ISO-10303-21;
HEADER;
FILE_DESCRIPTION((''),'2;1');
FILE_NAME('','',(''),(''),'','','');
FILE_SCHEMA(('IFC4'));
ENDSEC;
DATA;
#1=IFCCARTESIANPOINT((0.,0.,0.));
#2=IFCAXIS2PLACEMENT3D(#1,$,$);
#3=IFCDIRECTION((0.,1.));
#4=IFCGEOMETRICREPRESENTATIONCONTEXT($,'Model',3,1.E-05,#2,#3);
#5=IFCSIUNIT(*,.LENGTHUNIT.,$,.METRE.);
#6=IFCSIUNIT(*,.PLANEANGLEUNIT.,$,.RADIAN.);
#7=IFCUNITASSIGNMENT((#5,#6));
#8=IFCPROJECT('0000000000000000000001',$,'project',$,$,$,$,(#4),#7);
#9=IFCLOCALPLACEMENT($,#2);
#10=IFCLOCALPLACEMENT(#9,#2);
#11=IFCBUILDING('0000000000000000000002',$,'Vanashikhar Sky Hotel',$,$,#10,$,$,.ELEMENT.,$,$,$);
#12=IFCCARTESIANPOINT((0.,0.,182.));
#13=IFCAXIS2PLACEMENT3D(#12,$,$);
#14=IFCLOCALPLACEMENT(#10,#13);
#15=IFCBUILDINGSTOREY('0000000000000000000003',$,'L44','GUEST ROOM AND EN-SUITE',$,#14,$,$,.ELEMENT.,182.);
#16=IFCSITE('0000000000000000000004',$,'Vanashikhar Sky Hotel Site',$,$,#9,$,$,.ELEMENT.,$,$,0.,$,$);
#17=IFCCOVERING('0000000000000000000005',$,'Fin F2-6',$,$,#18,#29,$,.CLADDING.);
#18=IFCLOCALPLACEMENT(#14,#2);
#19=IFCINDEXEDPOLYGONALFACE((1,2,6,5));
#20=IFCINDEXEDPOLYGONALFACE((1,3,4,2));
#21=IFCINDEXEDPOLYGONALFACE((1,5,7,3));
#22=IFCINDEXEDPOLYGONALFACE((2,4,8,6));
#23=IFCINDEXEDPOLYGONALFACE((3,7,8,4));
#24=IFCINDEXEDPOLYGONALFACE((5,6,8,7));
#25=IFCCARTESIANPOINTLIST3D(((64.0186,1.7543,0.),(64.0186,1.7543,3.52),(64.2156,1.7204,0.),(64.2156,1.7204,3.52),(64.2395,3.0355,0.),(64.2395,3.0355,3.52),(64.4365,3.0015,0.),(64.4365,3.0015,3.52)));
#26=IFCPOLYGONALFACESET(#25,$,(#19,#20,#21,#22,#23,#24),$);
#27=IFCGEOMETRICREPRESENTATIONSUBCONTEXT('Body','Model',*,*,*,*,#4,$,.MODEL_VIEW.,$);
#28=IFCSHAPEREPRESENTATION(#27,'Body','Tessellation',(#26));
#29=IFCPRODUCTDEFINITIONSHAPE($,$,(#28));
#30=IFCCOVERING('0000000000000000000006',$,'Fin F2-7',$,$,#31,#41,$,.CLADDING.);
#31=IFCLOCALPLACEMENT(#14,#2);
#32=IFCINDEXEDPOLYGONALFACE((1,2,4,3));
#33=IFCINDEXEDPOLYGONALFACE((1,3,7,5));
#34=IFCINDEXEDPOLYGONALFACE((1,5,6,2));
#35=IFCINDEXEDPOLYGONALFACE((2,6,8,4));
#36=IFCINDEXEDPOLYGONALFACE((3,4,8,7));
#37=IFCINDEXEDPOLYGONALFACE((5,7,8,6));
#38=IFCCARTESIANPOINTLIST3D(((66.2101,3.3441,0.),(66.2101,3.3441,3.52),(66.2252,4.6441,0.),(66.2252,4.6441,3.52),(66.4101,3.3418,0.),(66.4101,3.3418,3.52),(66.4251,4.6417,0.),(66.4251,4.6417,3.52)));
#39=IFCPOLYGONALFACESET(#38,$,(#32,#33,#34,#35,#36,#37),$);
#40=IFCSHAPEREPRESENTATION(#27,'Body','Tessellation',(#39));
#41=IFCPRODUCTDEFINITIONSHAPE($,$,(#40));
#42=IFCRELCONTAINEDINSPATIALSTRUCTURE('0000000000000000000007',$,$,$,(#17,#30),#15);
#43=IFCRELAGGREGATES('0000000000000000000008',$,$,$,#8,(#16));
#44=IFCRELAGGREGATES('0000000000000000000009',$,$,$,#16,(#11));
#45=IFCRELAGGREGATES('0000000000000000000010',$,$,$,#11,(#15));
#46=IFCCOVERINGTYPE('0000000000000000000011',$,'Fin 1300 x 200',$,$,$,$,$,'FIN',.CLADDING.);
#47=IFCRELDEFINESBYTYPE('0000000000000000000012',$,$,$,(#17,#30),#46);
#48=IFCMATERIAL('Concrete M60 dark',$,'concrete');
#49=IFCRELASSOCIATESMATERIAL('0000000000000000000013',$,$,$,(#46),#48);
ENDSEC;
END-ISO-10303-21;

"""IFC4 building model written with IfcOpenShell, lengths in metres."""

from ifc_helpers import new_model, si_unit, direction, frame, origin, origin_2d, place, context, subcontext, project, spatial, rectangle, extrude, source, transform, mapped, material, material_profile, profile_set, type_object, element, save


model = new_model("IFC4")

# Units and contexts
model_context = context("Model", 3, precision=1e-05, world=origin(), true_north=direction((0.0, 1.0)))
body_context = subcontext(model_context, "Body", "Model", "MODEL_VIEW")
ifc_project = project(units=[si_unit("LENGTHUNIT", "METRE"), si_unit("PLANEANGLEUNIT", "RADIAN")], contexts=[model_context])

# Site, building, storey
site_placement = place(None, origin())
site = spatial("IfcSite", under=ifc_project, at=site_placement, Name="Vanashikhar Sky Hotel Site", CompositionType="ELEMENT", RefElevation=0.0)
building_placement = place(site_placement, origin())
building = spatial("IfcBuilding", under=site, at=building_placement, Name="Vanashikhar Sky Hotel", CompositionType="ELEMENT")
storey_placement = place(building_placement, frame((0.0, 0.0, 182.0)))
storey = spatial("IfcBuildingStorey", under=building, at=storey_placement, Name="L44", Description="GUEST ROOM AND EN-SUITE", CompositionType="ELEMENT", Elevation=182.0)

# Coverings
ifc_material_1 = material(Name="Concrete M60 dark", Category="concrete")
ifc_material_profile_1 = material_profile(ifc_material_1, rectangle(XDim=1.3, YDim=0.2, at=origin_2d()))
ifc_profile_set_1 = profile_set([ifc_material_profile_1], Name="Fin 1300 x 200")
covering_type_1 = type_object("IfcCoveringType", Name="Fin 1300 x 200", ElementType="FIN", PredefinedType="CLADDING", material=ifc_profile_set_1)
shared_shape_1 = source(origin(), body_context, "Body", "SweptSolid", [
    extrude(rectangle(XDim=1.3, YDim=0.2, at=origin_2d()), origin(), (0.0, 0.0, 1.0), 3.52),
])
for number, where, z_axis, x_axis, name in (
    (1, (64.2275, 2.3779, 0.0), (0.0, 0.0, 1.0), (-0.1699, -0.985461, 0.0), "Fin F2-6"),
    (2, (66.3176, 3.9929, 0.0), (0.0, 0.0, 1.0), (-0.011589, -0.999933, 0.0), "Fin F2-7"),
):
    element("IfcCovering", number, at=place(storey_placement, frame(where, z_axis=z_axis, x_axis=x_axis)), inside=storey, type_object=covering_type_1, Name=name, PredefinedType="CLADDING", context=body_context, shape_type="MappedRepresentation", body=[
        mapped(shared_shape_1, transform((0.0, 0.0, 0.0), scale=1.0)),
    ])

save(model, "model.ifc")
